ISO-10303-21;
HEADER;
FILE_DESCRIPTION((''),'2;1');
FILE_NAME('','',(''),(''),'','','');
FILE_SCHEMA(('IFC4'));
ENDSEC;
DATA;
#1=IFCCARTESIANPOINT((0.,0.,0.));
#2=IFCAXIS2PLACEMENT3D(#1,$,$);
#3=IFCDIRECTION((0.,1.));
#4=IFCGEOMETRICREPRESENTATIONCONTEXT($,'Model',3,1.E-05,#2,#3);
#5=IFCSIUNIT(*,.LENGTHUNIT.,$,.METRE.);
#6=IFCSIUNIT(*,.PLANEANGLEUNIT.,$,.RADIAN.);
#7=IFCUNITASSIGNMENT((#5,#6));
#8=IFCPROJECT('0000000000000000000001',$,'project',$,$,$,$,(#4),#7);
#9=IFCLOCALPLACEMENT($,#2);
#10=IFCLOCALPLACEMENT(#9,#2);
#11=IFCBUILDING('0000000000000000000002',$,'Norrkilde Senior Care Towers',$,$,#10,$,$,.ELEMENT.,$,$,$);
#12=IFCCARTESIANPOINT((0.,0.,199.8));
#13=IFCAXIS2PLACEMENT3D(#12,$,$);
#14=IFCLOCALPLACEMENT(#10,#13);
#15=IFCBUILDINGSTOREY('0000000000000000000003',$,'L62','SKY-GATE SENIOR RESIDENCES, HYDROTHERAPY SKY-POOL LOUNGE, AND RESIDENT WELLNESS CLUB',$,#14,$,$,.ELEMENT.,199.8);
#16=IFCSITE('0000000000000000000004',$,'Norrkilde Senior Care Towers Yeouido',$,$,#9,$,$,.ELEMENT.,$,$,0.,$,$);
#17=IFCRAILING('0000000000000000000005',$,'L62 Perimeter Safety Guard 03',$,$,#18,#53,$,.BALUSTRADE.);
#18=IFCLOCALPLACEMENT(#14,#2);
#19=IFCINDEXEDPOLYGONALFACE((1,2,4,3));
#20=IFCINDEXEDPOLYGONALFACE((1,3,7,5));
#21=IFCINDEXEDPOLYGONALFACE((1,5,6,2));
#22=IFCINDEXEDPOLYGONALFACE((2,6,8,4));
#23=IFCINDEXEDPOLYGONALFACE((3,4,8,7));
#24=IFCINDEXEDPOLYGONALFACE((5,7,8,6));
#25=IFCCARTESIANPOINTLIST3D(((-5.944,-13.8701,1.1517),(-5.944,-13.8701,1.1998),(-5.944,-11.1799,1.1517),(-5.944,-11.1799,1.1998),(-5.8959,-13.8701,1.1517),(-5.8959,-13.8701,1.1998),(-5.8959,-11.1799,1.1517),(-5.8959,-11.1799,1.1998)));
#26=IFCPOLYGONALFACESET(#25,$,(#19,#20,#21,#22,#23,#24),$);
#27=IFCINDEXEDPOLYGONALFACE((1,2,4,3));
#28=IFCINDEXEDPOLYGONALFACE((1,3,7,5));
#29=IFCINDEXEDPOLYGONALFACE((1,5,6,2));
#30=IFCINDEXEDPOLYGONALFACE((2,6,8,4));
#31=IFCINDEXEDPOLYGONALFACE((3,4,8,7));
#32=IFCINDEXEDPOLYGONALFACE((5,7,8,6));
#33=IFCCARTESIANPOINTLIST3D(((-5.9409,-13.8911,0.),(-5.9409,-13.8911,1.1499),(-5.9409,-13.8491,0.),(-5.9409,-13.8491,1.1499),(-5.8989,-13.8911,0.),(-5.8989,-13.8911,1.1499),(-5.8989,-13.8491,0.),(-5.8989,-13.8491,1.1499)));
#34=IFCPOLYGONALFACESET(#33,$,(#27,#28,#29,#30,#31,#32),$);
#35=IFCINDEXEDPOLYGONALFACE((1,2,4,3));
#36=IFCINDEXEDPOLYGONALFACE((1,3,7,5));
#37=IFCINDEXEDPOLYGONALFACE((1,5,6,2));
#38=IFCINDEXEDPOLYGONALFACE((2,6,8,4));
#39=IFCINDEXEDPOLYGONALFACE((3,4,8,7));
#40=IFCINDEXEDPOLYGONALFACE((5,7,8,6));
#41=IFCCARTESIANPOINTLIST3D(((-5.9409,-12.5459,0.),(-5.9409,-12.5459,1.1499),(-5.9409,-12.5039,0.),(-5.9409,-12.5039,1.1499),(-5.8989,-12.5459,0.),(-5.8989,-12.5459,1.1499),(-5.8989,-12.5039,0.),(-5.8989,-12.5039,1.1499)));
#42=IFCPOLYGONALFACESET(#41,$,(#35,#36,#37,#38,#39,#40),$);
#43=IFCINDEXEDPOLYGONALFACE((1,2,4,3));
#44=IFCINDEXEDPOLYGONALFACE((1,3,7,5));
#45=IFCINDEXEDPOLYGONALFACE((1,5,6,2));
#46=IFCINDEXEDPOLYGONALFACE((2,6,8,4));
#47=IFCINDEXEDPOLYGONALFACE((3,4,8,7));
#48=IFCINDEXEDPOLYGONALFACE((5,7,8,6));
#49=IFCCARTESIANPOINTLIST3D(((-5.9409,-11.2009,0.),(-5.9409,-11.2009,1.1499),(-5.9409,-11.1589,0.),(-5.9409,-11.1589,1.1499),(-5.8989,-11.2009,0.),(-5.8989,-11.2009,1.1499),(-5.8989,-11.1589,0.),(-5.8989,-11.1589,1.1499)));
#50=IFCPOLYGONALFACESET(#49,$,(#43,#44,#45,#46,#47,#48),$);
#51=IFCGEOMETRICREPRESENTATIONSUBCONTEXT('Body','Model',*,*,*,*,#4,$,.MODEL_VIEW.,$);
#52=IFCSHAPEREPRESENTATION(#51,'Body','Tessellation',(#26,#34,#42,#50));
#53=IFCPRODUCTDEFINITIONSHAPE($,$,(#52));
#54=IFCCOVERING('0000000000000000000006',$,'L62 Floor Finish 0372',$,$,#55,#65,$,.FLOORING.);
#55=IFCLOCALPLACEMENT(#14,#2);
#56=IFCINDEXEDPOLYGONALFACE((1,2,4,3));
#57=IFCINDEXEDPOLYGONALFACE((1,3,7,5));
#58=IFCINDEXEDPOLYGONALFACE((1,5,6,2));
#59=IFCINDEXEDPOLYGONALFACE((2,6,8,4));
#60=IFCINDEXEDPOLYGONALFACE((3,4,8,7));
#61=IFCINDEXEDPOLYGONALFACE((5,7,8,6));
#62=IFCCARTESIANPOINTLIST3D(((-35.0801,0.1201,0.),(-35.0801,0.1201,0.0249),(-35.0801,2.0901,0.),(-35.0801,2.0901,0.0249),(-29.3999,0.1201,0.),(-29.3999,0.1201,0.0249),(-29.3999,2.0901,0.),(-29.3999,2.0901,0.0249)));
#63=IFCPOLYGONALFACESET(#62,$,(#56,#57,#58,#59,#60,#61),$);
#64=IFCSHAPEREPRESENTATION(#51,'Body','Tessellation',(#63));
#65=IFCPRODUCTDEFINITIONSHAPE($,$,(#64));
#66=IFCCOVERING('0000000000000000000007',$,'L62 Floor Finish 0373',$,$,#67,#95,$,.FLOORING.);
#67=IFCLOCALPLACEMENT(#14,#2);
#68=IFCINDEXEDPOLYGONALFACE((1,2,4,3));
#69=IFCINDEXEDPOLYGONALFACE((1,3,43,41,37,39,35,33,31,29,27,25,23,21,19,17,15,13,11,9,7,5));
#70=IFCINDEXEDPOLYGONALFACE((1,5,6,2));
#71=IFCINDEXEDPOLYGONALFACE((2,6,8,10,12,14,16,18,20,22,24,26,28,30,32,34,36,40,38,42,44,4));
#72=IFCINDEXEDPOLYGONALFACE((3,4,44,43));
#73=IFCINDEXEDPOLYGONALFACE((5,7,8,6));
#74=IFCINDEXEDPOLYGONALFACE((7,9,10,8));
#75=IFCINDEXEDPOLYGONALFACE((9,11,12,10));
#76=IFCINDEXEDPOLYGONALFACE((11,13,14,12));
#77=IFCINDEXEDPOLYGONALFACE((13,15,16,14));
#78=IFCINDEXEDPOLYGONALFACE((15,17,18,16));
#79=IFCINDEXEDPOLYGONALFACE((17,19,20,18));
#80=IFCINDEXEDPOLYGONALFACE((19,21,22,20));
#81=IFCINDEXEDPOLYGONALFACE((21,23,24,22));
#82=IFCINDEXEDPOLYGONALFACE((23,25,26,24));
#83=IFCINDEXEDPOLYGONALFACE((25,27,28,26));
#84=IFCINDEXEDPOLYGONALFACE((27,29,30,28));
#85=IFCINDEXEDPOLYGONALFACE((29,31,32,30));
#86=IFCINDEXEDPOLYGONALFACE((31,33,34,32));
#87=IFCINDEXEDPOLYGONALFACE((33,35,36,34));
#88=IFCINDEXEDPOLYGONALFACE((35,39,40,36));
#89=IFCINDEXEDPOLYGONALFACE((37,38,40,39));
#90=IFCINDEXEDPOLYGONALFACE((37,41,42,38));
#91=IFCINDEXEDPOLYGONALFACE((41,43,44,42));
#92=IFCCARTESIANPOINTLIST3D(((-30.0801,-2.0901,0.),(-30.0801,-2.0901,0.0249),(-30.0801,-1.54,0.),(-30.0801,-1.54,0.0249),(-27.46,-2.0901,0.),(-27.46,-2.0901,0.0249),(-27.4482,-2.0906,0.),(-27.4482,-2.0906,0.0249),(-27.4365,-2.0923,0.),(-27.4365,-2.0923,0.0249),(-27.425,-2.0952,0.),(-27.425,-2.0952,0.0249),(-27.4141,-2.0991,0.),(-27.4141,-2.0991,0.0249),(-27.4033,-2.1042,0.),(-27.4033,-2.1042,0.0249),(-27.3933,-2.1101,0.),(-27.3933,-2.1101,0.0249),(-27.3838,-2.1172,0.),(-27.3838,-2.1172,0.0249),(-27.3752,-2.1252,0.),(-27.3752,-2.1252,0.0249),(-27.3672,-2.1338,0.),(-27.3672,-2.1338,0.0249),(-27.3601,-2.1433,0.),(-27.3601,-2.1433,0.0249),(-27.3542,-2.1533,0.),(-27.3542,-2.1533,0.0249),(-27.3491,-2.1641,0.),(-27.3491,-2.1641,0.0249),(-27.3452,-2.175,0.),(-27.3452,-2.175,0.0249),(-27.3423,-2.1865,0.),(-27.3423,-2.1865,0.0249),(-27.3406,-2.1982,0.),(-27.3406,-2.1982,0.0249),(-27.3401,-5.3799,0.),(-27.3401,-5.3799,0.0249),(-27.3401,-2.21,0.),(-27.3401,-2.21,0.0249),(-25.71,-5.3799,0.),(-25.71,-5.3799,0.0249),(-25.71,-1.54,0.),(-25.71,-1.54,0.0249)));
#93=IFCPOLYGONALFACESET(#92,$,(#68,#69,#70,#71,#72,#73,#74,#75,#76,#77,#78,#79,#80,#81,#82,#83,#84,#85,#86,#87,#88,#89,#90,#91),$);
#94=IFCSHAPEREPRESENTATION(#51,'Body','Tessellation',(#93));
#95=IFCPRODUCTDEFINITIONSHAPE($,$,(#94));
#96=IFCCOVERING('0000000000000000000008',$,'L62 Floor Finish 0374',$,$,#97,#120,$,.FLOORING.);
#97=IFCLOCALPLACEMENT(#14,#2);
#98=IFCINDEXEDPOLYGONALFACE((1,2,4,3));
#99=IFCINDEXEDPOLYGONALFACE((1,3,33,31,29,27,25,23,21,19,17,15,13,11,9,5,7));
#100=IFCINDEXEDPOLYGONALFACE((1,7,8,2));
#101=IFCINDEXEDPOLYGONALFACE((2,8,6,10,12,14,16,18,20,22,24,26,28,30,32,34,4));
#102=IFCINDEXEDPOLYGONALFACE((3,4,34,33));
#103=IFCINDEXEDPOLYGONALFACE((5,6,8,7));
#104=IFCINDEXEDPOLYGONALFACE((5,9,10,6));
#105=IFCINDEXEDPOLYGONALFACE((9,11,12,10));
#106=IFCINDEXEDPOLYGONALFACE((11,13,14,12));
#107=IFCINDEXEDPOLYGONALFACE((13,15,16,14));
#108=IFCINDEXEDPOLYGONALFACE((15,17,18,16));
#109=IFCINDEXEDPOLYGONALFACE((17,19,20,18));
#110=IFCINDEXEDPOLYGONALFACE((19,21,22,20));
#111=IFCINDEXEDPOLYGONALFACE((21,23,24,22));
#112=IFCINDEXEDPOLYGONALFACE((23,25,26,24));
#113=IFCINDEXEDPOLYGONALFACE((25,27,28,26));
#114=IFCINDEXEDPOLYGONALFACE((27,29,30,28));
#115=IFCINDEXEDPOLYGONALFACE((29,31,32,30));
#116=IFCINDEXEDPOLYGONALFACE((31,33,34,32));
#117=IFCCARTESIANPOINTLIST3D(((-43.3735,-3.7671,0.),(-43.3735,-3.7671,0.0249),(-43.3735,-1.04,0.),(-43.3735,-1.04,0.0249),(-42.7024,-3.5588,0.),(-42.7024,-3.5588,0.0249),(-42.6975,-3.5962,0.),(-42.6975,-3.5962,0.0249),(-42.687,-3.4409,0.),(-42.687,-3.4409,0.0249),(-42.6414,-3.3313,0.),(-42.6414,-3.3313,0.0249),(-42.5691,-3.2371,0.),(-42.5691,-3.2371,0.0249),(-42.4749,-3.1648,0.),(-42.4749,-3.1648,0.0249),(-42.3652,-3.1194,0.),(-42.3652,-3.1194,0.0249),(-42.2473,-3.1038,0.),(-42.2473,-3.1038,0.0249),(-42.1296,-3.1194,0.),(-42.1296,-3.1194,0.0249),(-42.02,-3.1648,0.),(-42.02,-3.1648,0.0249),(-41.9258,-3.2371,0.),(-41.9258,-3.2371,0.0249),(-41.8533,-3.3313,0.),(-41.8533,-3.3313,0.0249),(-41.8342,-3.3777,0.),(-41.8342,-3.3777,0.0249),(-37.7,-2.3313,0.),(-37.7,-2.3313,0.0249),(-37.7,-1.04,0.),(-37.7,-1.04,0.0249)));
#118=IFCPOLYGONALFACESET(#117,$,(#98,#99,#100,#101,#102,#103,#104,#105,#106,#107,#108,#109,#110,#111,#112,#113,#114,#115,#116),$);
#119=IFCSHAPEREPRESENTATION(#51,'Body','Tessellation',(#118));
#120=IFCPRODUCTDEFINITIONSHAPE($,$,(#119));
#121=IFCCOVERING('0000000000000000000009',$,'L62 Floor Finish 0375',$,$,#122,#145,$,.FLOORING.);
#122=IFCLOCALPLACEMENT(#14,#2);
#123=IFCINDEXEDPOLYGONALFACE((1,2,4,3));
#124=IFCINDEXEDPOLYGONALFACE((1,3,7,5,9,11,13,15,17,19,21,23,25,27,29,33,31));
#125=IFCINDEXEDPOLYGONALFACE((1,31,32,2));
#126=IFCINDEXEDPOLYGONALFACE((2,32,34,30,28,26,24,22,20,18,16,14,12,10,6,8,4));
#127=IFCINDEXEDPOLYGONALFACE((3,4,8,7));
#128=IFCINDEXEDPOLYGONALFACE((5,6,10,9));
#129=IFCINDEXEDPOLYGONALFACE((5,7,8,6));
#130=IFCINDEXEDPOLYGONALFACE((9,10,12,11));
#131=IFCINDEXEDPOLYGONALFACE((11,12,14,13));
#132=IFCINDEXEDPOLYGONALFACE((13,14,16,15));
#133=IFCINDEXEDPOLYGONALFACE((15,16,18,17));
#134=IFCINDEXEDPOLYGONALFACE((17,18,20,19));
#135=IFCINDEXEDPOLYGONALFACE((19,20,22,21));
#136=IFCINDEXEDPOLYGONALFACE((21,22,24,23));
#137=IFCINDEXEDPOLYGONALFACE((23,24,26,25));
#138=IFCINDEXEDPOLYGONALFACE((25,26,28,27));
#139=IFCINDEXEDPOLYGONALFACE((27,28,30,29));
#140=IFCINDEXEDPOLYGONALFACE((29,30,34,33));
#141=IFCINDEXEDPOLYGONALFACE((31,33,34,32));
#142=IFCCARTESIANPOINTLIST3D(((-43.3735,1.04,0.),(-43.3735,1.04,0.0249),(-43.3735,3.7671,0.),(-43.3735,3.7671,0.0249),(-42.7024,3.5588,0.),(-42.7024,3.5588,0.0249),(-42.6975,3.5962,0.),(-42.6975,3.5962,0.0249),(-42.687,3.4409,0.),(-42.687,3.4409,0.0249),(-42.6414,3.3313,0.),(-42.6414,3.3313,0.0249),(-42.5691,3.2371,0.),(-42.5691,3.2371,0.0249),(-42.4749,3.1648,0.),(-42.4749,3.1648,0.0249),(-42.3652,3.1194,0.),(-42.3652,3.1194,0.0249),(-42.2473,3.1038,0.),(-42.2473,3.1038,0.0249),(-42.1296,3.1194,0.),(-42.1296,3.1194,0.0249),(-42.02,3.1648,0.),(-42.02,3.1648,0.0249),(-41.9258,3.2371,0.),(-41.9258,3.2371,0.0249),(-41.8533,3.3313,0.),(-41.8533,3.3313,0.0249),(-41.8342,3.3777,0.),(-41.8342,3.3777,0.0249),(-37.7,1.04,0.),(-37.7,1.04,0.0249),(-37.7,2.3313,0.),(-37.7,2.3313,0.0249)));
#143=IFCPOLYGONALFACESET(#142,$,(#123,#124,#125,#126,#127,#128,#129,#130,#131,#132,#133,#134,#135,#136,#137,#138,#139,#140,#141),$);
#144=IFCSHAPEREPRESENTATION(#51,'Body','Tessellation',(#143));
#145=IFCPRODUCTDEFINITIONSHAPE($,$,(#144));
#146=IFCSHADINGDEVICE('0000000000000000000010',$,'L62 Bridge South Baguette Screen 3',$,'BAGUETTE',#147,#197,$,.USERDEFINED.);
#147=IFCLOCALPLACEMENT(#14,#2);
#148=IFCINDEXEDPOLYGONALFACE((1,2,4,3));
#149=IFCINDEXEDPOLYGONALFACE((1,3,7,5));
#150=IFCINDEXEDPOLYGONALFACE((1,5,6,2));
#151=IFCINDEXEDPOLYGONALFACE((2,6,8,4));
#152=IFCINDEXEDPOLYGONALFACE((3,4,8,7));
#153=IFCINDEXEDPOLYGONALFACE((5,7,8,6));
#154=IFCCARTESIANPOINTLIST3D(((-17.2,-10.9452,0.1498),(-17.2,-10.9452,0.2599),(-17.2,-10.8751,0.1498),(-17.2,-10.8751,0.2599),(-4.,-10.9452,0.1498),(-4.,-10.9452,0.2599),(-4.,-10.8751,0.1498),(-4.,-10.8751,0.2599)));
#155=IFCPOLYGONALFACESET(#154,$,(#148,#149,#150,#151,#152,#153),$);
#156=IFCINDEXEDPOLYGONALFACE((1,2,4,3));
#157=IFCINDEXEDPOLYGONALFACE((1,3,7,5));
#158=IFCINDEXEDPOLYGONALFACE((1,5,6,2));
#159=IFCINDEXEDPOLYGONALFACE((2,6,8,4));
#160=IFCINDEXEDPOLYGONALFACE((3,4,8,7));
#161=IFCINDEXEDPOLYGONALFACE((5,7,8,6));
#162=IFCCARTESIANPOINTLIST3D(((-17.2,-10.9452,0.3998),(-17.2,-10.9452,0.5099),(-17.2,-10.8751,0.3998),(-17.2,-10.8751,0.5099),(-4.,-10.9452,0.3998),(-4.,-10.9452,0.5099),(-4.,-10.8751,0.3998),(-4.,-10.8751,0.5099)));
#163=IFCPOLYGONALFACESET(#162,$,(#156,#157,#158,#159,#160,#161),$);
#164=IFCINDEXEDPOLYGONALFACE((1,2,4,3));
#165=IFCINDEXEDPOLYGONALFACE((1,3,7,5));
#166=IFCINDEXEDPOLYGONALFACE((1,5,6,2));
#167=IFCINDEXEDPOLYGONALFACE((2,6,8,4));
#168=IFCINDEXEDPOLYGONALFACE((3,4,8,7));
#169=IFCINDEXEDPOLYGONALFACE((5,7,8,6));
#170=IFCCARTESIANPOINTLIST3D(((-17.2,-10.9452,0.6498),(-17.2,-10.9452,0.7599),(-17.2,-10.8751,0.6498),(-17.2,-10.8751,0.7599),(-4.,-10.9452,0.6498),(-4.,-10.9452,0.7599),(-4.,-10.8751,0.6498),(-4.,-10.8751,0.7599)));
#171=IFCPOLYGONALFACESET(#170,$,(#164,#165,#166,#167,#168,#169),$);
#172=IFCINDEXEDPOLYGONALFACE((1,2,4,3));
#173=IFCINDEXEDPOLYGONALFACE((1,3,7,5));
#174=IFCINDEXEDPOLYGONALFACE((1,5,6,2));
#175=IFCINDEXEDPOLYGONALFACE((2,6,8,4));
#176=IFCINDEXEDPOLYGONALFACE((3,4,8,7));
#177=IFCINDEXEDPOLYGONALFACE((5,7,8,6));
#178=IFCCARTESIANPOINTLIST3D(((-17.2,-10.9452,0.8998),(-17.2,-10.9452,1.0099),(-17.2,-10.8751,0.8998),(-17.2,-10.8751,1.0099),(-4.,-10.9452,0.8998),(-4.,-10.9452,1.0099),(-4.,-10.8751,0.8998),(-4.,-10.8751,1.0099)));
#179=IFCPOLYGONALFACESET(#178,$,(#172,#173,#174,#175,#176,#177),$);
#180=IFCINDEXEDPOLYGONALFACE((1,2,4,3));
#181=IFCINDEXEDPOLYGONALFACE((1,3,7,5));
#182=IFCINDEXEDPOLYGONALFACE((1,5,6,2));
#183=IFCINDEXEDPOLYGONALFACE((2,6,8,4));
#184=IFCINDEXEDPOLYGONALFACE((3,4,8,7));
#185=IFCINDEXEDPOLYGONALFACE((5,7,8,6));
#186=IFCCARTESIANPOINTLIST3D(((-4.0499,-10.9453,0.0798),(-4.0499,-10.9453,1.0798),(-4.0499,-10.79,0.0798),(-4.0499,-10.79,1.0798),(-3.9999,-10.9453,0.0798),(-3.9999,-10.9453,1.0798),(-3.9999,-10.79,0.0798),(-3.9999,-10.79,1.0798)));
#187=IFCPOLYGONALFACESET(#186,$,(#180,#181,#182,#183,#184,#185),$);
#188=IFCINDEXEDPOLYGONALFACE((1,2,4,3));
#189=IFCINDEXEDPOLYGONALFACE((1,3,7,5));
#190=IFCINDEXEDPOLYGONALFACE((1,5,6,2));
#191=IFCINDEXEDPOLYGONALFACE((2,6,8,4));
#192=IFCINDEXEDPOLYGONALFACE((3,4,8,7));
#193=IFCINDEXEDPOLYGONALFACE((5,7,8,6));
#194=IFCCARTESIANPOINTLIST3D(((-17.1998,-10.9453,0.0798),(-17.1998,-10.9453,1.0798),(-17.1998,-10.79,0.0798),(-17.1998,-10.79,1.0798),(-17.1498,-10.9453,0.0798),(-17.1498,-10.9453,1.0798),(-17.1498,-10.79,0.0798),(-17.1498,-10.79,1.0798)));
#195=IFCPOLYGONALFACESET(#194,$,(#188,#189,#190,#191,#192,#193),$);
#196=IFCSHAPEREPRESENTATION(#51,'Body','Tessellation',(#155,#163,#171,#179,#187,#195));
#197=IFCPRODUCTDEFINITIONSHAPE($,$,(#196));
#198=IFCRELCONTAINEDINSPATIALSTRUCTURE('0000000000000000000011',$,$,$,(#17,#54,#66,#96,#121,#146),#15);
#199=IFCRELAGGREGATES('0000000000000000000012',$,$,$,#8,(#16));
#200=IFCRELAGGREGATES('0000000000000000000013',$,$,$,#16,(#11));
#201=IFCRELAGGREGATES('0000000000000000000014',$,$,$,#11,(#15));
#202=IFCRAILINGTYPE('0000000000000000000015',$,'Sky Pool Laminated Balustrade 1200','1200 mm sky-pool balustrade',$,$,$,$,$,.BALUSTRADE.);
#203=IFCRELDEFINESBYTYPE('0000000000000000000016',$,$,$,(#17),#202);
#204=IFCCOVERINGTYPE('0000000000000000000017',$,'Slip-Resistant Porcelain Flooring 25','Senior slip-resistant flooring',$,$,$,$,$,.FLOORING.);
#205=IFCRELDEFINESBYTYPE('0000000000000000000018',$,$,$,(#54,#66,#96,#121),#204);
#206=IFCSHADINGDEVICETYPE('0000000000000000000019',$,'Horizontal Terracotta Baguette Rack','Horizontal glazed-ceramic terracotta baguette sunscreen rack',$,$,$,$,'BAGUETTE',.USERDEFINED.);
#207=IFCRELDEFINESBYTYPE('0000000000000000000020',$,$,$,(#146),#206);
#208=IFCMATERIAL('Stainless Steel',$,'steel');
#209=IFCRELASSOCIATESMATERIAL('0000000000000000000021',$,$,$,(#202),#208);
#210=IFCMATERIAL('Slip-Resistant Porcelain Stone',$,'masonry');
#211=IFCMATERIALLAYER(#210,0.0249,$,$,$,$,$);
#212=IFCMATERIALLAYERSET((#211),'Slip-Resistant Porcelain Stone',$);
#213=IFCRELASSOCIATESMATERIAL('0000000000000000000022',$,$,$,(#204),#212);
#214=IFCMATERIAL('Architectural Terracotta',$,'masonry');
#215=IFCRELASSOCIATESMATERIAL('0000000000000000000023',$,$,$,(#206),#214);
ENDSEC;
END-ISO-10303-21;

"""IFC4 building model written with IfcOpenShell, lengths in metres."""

from ifc_helpers import new_model, si_unit, direction, frame, origin, origin_2d, place, context, subcontext, project, spatial, polyline, rectangle, outline, extrude, source, transform, mapped, material, layer, layer_set, type_object, type_shapes, element, save


model = new_model("IFC4")

# Units and contexts
model_context = context("Model", 3, precision=1e-05, world=origin(), true_north=direction((0.0, 1.0)))
body_context = subcontext(model_context, "Body", "Model", "MODEL_VIEW")
ifc_project = project(units=[si_unit("LENGTHUNIT", "METRE"), si_unit("PLANEANGLEUNIT", "RADIAN")], contexts=[model_context])

# Site, building, storey
site_placement = place(None, origin())
site = spatial("IfcSite", under=ifc_project, at=site_placement, Name="Norrkilde Senior Care Towers Yeouido", CompositionType="ELEMENT", RefElevation=0.0)
building_placement = place(site_placement, origin())
building = spatial("IfcBuilding", under=site, at=building_placement, Name="Norrkilde Senior Care Towers", CompositionType="ELEMENT")
storey_placement = place(building_placement, frame((0.0, 0.0, 199.8)))
storey = spatial("IfcBuildingStorey", under=building, at=storey_placement, Name="L62", Description="SKY-GATE SENIOR RESIDENCES, HYDROTHERAPY SKY-POOL LOUNGE, AND RESIDENT WELLNESS CLUB", CompositionType="ELEMENT", Elevation=199.8)

# Railing
ifc_material_1 = material(Name="Stainless Steel", Category="steel")
railing_type = type_object("IfcRailingType", Name="Sky Pool Laminated Balustrade 1200", Description="1200 mm sky-pool balustrade", PredefinedType="BALUSTRADE", material=ifc_material_1)
railing_placement = place(storey_placement, frame((-5.9199, -13.8701, 0.0)))
element("IfcRailing", 1, at=railing_placement, inside=storey, type_object=railing_type, Name="L62 Perimeter Safety Guard 03", PredefinedType="BALUSTRADE", context=body_context, shape_type="SweptSolid", body=[
    extrude(rectangle(XDim=0.0481, YDim=0.0481, at=origin_2d()), frame((0.0, 0.0, 1.1758), z_axis=(0.0, 1.0, 0.0), x_axis=(-1.0, 0.0, 0.0)), (0.0, 0.0, 1.0), 2.6902),
    extrude(rectangle(XDim=0.042, YDim=0.042, at=origin_2d()), origin(), (0.0, 0.0, 1.0), 1.1499),
    extrude(rectangle(XDim=0.042, YDim=0.042, at=origin_2d()), frame((0.0, 1.3452, 0.0)), (0.0, 0.0, 1.0), 1.1499),
    extrude(rectangle(XDim=0.042, YDim=0.042, at=origin_2d()), frame((0.0, 2.6902, 0.0)), (0.0, 0.0, 1.0), 1.1499),
])

# Coverings
ifc_material_2 = material(Name="Slip-Resistant Porcelain Stone", Category="masonry")
ifc_layer_1 = layer(ifc_material_2, 0.0249)
ifc_layer_set_1 = layer_set([ifc_layer_1], Name="Slip-Resistant Porcelain Stone")
covering_type_1 = type_object("IfcCoveringType", Name="Slip-Resistant Porcelain Flooring 25", Description="Senior slip-resistant flooring", PredefinedType="FLOORING", material=ifc_layer_set_1)
covering_1_placement = place(storey_placement, origin())
element("IfcCovering", 2, at=covering_1_placement, inside=storey, type_object=covering_type_1, Name="L62 Floor Finish 0372", PredefinedType="FLOORING", context=body_context, shape_type="SweptSolid", body=[
    extrude(outline(polyline([(-29.3999, 0.1201), (-35.0801, 0.1201), (-35.0801, 2.0901), (-29.3999, 2.0901), (-29.3999, 0.1201)])), origin(), (0.0, 0.0, 1.0), 0.0249),
])
covering_2_placement = place(storey_placement, origin())
element("IfcCovering", 3, at=covering_2_placement, inside=storey, type_object=covering_type_1, Name="L62 Floor Finish 0373", PredefinedType="FLOORING", context=body_context, shape_type="SweptSolid", body=[
    extrude(outline(polyline([(-27.3452, -2.175), (-27.3491, -2.1641), (-27.3542, -2.1533), (-27.3601, -2.1433), (-27.3672, -2.1338), (-27.3752, -2.1252), (-27.3838, -2.1172), (-27.3933, -2.1101), (-27.4033, -2.1042), (-27.4141, -2.0991), (-27.425, -2.0952), (-27.4365, -2.0923), (-27.4482, -2.0906), (-27.46, -2.0901), (-30.0801, -2.0901), (-30.0801, -1.54), (-25.71, -1.54), (-25.71, -5.3799), (-27.3401, -5.3799), (-27.3401, -2.21), (-27.3406, -2.1982), (-27.3423, -2.1865), (-27.3452, -2.175)])), origin(), (0.0, 0.0, 1.0), 0.0249),
])
covering_3_placement = place(storey_placement, origin())
element("IfcCovering", 4, at=covering_3_placement, inside=storey, type_object=covering_type_1, Name="L62 Floor Finish 0374", PredefinedType="FLOORING", context=body_context, shape_type="SweptSolid", body=[
    extrude(outline(polyline([(-37.7, -1.04), (-37.7, -2.3313), (-41.8342, -3.3777), (-41.8533, -3.3313), (-41.9258, -3.2371), (-42.02, -3.1648), (-42.1296, -3.1194), (-42.2473, -3.1038), (-42.3652, -3.1194), (-42.4749, -3.1648), (-42.5691, -3.2371), (-42.6414, -3.3313), (-42.687, -3.4409), (-42.7024, -3.5588), (-42.6975, -3.5962), (-43.3735, -3.7671), (-43.3735, -1.04), (-37.7, -1.04)])), origin(), (0.0, 0.0, 1.0), 0.0249),
])
covering_4_placement = place(storey_placement, origin())
element("IfcCovering", 5, at=covering_4_placement, inside=storey, type_object=covering_type_1, Name="L62 Floor Finish 0375", PredefinedType="FLOORING", context=body_context, shape_type="SweptSolid", body=[
    extrude(outline(polyline([(-37.7, 1.04), (-43.3735, 1.04), (-43.3735, 3.7671), (-42.6975, 3.5962), (-42.7024, 3.5588), (-42.687, 3.4409), (-42.6414, 3.3313), (-42.5691, 3.2371), (-42.4749, 3.1648), (-42.3652, 3.1194), (-42.2473, 3.1038), (-42.1296, 3.1194), (-42.02, 3.1648), (-41.9258, 3.2371), (-41.8533, 3.3313), (-41.8342, 3.3777), (-37.7, 2.3313), (-37.7, 1.04)])), origin(), (0.0, 0.0, 1.0), 0.0249),
])

# Shading device
ifc_material_3 = material(Name="Architectural Terracotta", Category="masonry")
shading_device_type = type_object("IfcShadingDeviceType", Name="Horizontal Terracotta Baguette Rack", Description="Horizontal glazed-ceramic terracotta baguette sunscreen rack", ElementType="BAGUETTE", PredefinedType="USERDEFINED", material=ifc_material_3)
shared_shape_1 = source(origin(), body_context, "Body", "SweptSolid", [
    extrude(rectangle(XDim=0.0701, YDim=0.1101, at=origin_2d()), frame((0.0, 0.0901, 0.125), z_axis=(1.0, 0.0, 0.0), x_axis=(0.0, 1.0, 0.0)), (0.0, 0.0, 1.0), 13.2),
    extrude(rectangle(XDim=0.0701, YDim=0.1101, at=origin_2d()), frame((0.0, 0.0901, 0.375), z_axis=(1.0, 0.0, 0.0), x_axis=(0.0, 1.0, 0.0)), (0.0, 0.0, 1.0), 13.2),
    extrude(rectangle(XDim=0.0701, YDim=0.1101, at=origin_2d()), frame((0.0, 0.0901, 0.625), z_axis=(1.0, 0.0, 0.0), x_axis=(0.0, 1.0, 0.0)), (0.0, 0.0, 1.0), 13.2),
    extrude(rectangle(XDim=0.0701, YDim=0.1101, at=origin_2d()), frame((0.0, 0.0901, 0.875), z_axis=(1.0, 0.0, 0.0), x_axis=(0.0, 1.0, 0.0)), (0.0, 0.0, 1.0), 13.2),
    extrude(rectangle(XDim=0.05, YDim=0.1553, at=origin_2d()), frame((0.0249, 0.0476, 0.0)), (0.0, 0.0, 1.0), 1.0),
    extrude(rectangle(XDim=0.05, YDim=0.1553, at=origin_2d()), frame((13.1748, 0.0476, 0.0)), (0.0, 0.0, 1.0), 1.0),
])
type_shapes(shading_device_type, [shared_shape_1])
shading_device_placement = place(storey_placement, frame((-4.0, -10.8201, 0.0798), z_axis=(0.0, 0.0, 1.0), x_axis=(-1.0, 0.0, 0.0)))
element("IfcShadingDevice", 6, at=shading_device_placement, inside=storey, type_object=shading_device_type, Name="L62 Bridge South Baguette Screen 3", ObjectType="BAGUETTE", PredefinedType="USERDEFINED", context=body_context, shape_type="MappedRepresentation", body=[
    mapped(shared_shape_1, transform((0.0, 0.0, 0.0), x_axis=(1.0, 0.0, 0.0), y_axis=(0.0, 1.0, 0.0), z_axis=(0.0, 0.0, 1.0), scale=1.0)),
])

save(model, "model.ifc")
